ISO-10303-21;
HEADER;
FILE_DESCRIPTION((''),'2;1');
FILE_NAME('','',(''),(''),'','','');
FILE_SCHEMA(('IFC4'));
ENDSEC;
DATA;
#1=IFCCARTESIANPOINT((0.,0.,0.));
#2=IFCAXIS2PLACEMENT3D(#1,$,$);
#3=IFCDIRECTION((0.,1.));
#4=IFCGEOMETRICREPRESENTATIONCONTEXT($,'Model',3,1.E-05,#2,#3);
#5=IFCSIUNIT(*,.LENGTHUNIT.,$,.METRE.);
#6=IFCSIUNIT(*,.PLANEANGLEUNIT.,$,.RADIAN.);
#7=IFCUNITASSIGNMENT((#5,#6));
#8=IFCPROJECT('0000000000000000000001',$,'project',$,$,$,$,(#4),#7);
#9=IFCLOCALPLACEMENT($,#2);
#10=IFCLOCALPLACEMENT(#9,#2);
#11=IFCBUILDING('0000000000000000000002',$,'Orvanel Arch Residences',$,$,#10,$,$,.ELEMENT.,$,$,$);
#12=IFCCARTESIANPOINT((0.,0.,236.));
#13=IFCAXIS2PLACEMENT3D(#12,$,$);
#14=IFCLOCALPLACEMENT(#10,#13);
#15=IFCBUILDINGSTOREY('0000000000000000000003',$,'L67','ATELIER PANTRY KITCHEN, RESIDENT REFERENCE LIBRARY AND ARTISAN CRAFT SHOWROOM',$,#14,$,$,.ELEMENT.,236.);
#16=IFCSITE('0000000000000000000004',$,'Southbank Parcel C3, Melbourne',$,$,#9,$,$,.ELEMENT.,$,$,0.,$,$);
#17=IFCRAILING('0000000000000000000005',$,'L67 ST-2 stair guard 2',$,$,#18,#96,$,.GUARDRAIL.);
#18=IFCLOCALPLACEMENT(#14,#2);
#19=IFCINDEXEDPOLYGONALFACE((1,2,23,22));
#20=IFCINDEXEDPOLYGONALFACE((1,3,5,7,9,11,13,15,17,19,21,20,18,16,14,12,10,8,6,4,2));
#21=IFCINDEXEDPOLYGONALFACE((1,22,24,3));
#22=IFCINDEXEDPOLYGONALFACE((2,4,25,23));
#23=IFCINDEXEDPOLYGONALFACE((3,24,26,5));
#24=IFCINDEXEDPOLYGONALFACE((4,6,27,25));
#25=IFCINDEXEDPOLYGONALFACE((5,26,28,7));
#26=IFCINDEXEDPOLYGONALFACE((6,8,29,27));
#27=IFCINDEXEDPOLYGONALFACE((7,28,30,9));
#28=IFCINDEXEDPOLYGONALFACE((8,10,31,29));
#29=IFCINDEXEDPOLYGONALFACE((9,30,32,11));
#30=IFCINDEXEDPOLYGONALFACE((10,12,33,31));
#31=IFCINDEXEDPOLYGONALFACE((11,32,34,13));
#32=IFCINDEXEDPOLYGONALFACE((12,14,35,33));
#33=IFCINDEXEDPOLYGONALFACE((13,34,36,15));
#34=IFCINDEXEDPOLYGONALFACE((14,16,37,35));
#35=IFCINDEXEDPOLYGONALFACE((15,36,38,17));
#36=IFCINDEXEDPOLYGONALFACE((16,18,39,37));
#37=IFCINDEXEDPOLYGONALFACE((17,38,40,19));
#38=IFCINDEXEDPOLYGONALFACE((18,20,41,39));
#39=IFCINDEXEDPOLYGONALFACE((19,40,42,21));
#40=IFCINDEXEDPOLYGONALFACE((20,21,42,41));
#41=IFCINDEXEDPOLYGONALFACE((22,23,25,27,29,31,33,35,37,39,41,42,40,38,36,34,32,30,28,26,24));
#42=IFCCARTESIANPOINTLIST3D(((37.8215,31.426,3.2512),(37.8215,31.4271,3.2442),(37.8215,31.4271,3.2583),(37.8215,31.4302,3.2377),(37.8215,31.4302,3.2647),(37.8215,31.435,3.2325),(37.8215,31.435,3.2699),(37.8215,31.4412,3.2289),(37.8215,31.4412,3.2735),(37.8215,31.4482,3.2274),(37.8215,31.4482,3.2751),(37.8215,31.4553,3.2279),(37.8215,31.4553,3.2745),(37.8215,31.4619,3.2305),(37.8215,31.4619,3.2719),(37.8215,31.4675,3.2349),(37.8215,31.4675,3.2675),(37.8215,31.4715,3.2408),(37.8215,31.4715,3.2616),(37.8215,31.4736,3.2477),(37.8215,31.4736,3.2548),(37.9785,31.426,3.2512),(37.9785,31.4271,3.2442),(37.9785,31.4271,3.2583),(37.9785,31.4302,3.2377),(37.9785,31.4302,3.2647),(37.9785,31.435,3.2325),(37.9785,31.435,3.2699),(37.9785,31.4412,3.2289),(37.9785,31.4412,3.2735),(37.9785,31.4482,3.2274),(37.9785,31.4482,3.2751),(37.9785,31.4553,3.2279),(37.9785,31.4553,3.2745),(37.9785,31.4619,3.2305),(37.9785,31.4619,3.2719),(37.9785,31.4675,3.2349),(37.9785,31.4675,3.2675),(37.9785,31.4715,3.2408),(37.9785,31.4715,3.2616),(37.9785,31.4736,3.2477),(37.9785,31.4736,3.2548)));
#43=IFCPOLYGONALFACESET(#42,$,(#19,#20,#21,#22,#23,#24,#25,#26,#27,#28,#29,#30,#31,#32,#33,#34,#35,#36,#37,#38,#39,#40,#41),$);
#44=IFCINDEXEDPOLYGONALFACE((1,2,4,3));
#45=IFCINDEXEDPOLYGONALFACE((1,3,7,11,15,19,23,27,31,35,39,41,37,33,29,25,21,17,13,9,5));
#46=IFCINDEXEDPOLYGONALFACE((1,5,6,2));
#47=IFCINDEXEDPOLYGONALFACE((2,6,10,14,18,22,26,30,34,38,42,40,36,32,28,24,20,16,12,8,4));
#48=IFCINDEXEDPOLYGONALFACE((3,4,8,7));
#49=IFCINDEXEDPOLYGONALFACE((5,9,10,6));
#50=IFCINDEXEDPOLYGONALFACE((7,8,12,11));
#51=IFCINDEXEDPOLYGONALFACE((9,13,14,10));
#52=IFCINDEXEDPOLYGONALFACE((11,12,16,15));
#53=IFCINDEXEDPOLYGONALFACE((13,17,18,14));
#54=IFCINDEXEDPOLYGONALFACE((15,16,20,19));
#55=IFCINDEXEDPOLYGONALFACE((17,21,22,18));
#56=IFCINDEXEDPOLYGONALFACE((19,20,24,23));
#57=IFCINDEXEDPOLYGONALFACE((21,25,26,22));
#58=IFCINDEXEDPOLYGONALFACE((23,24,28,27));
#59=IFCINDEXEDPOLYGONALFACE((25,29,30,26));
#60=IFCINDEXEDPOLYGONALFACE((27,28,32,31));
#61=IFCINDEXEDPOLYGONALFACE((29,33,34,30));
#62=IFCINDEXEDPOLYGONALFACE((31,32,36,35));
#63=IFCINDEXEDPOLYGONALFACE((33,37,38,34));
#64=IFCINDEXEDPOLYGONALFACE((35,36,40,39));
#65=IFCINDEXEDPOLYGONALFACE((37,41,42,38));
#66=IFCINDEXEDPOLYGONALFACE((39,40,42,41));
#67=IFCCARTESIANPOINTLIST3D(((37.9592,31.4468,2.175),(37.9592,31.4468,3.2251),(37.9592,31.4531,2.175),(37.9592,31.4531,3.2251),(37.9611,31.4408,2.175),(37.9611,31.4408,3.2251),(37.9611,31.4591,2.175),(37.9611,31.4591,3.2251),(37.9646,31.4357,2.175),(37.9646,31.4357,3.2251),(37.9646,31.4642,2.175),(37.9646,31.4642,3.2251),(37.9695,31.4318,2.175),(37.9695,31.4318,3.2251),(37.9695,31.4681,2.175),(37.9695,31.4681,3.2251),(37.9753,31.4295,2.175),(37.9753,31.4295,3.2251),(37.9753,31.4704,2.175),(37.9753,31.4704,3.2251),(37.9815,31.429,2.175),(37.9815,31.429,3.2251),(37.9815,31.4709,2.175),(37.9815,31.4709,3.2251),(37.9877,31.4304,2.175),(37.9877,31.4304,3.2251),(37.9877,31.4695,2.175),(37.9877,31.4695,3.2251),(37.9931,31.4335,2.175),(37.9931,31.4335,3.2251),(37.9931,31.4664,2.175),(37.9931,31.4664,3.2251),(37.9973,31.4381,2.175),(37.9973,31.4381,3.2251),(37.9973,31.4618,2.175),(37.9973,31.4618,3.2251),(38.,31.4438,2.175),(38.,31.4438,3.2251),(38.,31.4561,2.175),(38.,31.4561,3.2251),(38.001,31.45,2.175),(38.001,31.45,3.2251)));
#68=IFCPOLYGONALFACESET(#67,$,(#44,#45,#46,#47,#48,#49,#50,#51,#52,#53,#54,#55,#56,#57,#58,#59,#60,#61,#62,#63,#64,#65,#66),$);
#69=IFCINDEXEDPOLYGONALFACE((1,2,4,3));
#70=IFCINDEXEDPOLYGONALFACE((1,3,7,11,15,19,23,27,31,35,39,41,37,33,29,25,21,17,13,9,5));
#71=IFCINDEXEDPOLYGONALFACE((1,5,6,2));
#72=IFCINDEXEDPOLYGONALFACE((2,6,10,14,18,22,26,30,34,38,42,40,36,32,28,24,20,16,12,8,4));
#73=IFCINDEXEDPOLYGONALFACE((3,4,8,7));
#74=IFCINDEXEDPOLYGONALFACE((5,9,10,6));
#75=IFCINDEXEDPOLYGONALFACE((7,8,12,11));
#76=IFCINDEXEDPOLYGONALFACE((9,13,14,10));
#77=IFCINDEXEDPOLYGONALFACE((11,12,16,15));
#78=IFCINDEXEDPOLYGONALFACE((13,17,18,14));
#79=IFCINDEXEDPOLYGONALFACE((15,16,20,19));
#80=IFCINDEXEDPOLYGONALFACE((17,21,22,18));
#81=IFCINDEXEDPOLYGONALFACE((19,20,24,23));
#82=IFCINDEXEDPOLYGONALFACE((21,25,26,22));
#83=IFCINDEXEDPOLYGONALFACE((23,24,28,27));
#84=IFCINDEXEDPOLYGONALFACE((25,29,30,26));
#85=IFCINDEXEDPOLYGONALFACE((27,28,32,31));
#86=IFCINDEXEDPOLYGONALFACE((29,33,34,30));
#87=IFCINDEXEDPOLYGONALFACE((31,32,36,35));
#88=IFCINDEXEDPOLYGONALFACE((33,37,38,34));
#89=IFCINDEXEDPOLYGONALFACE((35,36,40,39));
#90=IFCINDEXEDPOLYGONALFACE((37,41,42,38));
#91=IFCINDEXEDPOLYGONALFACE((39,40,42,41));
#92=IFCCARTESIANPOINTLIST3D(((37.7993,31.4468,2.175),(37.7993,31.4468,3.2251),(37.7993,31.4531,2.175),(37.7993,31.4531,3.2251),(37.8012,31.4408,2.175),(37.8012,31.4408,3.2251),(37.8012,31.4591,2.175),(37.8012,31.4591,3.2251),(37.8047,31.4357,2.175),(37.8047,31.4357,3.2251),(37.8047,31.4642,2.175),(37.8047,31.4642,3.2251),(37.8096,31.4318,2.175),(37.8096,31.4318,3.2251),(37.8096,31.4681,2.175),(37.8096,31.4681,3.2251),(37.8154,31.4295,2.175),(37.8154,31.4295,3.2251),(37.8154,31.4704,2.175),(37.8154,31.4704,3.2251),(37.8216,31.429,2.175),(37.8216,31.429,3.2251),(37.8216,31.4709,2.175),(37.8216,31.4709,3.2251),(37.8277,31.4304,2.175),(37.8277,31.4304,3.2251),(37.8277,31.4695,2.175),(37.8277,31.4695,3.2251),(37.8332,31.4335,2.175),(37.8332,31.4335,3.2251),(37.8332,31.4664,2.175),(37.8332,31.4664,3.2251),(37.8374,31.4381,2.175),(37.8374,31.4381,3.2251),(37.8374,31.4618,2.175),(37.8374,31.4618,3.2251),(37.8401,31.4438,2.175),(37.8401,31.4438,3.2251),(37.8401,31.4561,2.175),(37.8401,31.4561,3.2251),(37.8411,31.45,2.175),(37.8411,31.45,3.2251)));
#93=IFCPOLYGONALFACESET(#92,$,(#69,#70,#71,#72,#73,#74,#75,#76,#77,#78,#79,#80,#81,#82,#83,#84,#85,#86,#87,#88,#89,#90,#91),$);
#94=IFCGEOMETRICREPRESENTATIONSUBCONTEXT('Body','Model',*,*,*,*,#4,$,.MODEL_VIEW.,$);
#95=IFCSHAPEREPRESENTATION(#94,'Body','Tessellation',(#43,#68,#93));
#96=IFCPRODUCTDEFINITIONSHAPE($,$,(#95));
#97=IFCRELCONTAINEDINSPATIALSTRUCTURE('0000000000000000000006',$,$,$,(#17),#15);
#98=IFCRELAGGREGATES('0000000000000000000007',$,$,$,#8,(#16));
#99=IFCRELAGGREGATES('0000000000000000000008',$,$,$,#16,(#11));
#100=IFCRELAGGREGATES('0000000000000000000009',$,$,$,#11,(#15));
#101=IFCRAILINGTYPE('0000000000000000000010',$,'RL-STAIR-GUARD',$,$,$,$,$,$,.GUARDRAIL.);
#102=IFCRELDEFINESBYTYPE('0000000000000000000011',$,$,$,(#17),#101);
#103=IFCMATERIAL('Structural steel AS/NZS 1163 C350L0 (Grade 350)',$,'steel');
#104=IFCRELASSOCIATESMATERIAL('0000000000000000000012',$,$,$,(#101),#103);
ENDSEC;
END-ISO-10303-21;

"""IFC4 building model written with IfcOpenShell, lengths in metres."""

from ifc_helpers import new_model, si_unit, direction, frame, origin, origin_2d, place, context, subcontext, project, spatial, circle, extrude, material, type_object, element, save


model = new_model("IFC4")

# Units and contexts
model_context = context("Model", 3, precision=1e-05, world=origin(), true_north=direction((0.0, 1.0)))
body_context = subcontext(model_context, "Body", "Model", "MODEL_VIEW")
ifc_project = project(units=[si_unit("LENGTHUNIT", "METRE"), si_unit("PLANEANGLEUNIT", "RADIAN")], contexts=[model_context])

# Site, building, storey
site_placement = place(None, origin())
site = spatial("IfcSite", under=ifc_project, at=site_placement, Name="Southbank Parcel C3, Melbourne", CompositionType="ELEMENT", RefElevation=0.0)
building_placement = place(site_placement, origin())
building = spatial("IfcBuilding", under=site, at=building_placement, Name="Orvanel Arch Residences", CompositionType="ELEMENT")
storey_placement = place(building_placement, frame((0.0, 0.0, 236.0)))
storey = spatial("IfcBuildingStorey", under=building, at=storey_placement, Name="L67", Description="ATELIER PANTRY KITCHEN, RESIDENT REFERENCE LIBRARY AND ARTISAN CRAFT SHOWROOM", CompositionType="ELEMENT", Elevation=236.0)

# Railing
ifc_material_1 = material(Name="Structural steel AS/NZS 1163 C350L0 (Grade 350)", Category="steel")
railing_type_1 = type_object("IfcRailingType", Name="RL-STAIR-GUARD", PredefinedType="GUARDRAIL", material=ifc_material_1)
railing_1_placement = place(storey_placement, frame((37.98, 31.45, 2.175)))
element("IfcRailing", 1, at=railing_1_placement, inside=storey, type_object=railing_type_1, Name="L67 ST-2 stair guard 2", PredefinedType="GUARDRAIL", context=body_context, shape_type="SweptSolid", body=[
    extrude(circle(Radius=0.0239, at=origin_2d()), frame((-0.0015, 0.0, 1.0762), z_axis=(-1.0, 0.0, 0.0), x_axis=(0.0, -1.0, 0.0)), (0.0, 0.0, 1.0), 0.157),
    extrude(circle(Radius=0.021, at=origin_2d()), origin(), (0.0, 0.0, 1.0), 1.05),
    extrude(circle(Radius=0.021, at=origin_2d()), frame((-0.1599, 0.0, 0.0)), (0.0, 0.0, 1.0), 1.05),
])

save(model, "model.ifc")
